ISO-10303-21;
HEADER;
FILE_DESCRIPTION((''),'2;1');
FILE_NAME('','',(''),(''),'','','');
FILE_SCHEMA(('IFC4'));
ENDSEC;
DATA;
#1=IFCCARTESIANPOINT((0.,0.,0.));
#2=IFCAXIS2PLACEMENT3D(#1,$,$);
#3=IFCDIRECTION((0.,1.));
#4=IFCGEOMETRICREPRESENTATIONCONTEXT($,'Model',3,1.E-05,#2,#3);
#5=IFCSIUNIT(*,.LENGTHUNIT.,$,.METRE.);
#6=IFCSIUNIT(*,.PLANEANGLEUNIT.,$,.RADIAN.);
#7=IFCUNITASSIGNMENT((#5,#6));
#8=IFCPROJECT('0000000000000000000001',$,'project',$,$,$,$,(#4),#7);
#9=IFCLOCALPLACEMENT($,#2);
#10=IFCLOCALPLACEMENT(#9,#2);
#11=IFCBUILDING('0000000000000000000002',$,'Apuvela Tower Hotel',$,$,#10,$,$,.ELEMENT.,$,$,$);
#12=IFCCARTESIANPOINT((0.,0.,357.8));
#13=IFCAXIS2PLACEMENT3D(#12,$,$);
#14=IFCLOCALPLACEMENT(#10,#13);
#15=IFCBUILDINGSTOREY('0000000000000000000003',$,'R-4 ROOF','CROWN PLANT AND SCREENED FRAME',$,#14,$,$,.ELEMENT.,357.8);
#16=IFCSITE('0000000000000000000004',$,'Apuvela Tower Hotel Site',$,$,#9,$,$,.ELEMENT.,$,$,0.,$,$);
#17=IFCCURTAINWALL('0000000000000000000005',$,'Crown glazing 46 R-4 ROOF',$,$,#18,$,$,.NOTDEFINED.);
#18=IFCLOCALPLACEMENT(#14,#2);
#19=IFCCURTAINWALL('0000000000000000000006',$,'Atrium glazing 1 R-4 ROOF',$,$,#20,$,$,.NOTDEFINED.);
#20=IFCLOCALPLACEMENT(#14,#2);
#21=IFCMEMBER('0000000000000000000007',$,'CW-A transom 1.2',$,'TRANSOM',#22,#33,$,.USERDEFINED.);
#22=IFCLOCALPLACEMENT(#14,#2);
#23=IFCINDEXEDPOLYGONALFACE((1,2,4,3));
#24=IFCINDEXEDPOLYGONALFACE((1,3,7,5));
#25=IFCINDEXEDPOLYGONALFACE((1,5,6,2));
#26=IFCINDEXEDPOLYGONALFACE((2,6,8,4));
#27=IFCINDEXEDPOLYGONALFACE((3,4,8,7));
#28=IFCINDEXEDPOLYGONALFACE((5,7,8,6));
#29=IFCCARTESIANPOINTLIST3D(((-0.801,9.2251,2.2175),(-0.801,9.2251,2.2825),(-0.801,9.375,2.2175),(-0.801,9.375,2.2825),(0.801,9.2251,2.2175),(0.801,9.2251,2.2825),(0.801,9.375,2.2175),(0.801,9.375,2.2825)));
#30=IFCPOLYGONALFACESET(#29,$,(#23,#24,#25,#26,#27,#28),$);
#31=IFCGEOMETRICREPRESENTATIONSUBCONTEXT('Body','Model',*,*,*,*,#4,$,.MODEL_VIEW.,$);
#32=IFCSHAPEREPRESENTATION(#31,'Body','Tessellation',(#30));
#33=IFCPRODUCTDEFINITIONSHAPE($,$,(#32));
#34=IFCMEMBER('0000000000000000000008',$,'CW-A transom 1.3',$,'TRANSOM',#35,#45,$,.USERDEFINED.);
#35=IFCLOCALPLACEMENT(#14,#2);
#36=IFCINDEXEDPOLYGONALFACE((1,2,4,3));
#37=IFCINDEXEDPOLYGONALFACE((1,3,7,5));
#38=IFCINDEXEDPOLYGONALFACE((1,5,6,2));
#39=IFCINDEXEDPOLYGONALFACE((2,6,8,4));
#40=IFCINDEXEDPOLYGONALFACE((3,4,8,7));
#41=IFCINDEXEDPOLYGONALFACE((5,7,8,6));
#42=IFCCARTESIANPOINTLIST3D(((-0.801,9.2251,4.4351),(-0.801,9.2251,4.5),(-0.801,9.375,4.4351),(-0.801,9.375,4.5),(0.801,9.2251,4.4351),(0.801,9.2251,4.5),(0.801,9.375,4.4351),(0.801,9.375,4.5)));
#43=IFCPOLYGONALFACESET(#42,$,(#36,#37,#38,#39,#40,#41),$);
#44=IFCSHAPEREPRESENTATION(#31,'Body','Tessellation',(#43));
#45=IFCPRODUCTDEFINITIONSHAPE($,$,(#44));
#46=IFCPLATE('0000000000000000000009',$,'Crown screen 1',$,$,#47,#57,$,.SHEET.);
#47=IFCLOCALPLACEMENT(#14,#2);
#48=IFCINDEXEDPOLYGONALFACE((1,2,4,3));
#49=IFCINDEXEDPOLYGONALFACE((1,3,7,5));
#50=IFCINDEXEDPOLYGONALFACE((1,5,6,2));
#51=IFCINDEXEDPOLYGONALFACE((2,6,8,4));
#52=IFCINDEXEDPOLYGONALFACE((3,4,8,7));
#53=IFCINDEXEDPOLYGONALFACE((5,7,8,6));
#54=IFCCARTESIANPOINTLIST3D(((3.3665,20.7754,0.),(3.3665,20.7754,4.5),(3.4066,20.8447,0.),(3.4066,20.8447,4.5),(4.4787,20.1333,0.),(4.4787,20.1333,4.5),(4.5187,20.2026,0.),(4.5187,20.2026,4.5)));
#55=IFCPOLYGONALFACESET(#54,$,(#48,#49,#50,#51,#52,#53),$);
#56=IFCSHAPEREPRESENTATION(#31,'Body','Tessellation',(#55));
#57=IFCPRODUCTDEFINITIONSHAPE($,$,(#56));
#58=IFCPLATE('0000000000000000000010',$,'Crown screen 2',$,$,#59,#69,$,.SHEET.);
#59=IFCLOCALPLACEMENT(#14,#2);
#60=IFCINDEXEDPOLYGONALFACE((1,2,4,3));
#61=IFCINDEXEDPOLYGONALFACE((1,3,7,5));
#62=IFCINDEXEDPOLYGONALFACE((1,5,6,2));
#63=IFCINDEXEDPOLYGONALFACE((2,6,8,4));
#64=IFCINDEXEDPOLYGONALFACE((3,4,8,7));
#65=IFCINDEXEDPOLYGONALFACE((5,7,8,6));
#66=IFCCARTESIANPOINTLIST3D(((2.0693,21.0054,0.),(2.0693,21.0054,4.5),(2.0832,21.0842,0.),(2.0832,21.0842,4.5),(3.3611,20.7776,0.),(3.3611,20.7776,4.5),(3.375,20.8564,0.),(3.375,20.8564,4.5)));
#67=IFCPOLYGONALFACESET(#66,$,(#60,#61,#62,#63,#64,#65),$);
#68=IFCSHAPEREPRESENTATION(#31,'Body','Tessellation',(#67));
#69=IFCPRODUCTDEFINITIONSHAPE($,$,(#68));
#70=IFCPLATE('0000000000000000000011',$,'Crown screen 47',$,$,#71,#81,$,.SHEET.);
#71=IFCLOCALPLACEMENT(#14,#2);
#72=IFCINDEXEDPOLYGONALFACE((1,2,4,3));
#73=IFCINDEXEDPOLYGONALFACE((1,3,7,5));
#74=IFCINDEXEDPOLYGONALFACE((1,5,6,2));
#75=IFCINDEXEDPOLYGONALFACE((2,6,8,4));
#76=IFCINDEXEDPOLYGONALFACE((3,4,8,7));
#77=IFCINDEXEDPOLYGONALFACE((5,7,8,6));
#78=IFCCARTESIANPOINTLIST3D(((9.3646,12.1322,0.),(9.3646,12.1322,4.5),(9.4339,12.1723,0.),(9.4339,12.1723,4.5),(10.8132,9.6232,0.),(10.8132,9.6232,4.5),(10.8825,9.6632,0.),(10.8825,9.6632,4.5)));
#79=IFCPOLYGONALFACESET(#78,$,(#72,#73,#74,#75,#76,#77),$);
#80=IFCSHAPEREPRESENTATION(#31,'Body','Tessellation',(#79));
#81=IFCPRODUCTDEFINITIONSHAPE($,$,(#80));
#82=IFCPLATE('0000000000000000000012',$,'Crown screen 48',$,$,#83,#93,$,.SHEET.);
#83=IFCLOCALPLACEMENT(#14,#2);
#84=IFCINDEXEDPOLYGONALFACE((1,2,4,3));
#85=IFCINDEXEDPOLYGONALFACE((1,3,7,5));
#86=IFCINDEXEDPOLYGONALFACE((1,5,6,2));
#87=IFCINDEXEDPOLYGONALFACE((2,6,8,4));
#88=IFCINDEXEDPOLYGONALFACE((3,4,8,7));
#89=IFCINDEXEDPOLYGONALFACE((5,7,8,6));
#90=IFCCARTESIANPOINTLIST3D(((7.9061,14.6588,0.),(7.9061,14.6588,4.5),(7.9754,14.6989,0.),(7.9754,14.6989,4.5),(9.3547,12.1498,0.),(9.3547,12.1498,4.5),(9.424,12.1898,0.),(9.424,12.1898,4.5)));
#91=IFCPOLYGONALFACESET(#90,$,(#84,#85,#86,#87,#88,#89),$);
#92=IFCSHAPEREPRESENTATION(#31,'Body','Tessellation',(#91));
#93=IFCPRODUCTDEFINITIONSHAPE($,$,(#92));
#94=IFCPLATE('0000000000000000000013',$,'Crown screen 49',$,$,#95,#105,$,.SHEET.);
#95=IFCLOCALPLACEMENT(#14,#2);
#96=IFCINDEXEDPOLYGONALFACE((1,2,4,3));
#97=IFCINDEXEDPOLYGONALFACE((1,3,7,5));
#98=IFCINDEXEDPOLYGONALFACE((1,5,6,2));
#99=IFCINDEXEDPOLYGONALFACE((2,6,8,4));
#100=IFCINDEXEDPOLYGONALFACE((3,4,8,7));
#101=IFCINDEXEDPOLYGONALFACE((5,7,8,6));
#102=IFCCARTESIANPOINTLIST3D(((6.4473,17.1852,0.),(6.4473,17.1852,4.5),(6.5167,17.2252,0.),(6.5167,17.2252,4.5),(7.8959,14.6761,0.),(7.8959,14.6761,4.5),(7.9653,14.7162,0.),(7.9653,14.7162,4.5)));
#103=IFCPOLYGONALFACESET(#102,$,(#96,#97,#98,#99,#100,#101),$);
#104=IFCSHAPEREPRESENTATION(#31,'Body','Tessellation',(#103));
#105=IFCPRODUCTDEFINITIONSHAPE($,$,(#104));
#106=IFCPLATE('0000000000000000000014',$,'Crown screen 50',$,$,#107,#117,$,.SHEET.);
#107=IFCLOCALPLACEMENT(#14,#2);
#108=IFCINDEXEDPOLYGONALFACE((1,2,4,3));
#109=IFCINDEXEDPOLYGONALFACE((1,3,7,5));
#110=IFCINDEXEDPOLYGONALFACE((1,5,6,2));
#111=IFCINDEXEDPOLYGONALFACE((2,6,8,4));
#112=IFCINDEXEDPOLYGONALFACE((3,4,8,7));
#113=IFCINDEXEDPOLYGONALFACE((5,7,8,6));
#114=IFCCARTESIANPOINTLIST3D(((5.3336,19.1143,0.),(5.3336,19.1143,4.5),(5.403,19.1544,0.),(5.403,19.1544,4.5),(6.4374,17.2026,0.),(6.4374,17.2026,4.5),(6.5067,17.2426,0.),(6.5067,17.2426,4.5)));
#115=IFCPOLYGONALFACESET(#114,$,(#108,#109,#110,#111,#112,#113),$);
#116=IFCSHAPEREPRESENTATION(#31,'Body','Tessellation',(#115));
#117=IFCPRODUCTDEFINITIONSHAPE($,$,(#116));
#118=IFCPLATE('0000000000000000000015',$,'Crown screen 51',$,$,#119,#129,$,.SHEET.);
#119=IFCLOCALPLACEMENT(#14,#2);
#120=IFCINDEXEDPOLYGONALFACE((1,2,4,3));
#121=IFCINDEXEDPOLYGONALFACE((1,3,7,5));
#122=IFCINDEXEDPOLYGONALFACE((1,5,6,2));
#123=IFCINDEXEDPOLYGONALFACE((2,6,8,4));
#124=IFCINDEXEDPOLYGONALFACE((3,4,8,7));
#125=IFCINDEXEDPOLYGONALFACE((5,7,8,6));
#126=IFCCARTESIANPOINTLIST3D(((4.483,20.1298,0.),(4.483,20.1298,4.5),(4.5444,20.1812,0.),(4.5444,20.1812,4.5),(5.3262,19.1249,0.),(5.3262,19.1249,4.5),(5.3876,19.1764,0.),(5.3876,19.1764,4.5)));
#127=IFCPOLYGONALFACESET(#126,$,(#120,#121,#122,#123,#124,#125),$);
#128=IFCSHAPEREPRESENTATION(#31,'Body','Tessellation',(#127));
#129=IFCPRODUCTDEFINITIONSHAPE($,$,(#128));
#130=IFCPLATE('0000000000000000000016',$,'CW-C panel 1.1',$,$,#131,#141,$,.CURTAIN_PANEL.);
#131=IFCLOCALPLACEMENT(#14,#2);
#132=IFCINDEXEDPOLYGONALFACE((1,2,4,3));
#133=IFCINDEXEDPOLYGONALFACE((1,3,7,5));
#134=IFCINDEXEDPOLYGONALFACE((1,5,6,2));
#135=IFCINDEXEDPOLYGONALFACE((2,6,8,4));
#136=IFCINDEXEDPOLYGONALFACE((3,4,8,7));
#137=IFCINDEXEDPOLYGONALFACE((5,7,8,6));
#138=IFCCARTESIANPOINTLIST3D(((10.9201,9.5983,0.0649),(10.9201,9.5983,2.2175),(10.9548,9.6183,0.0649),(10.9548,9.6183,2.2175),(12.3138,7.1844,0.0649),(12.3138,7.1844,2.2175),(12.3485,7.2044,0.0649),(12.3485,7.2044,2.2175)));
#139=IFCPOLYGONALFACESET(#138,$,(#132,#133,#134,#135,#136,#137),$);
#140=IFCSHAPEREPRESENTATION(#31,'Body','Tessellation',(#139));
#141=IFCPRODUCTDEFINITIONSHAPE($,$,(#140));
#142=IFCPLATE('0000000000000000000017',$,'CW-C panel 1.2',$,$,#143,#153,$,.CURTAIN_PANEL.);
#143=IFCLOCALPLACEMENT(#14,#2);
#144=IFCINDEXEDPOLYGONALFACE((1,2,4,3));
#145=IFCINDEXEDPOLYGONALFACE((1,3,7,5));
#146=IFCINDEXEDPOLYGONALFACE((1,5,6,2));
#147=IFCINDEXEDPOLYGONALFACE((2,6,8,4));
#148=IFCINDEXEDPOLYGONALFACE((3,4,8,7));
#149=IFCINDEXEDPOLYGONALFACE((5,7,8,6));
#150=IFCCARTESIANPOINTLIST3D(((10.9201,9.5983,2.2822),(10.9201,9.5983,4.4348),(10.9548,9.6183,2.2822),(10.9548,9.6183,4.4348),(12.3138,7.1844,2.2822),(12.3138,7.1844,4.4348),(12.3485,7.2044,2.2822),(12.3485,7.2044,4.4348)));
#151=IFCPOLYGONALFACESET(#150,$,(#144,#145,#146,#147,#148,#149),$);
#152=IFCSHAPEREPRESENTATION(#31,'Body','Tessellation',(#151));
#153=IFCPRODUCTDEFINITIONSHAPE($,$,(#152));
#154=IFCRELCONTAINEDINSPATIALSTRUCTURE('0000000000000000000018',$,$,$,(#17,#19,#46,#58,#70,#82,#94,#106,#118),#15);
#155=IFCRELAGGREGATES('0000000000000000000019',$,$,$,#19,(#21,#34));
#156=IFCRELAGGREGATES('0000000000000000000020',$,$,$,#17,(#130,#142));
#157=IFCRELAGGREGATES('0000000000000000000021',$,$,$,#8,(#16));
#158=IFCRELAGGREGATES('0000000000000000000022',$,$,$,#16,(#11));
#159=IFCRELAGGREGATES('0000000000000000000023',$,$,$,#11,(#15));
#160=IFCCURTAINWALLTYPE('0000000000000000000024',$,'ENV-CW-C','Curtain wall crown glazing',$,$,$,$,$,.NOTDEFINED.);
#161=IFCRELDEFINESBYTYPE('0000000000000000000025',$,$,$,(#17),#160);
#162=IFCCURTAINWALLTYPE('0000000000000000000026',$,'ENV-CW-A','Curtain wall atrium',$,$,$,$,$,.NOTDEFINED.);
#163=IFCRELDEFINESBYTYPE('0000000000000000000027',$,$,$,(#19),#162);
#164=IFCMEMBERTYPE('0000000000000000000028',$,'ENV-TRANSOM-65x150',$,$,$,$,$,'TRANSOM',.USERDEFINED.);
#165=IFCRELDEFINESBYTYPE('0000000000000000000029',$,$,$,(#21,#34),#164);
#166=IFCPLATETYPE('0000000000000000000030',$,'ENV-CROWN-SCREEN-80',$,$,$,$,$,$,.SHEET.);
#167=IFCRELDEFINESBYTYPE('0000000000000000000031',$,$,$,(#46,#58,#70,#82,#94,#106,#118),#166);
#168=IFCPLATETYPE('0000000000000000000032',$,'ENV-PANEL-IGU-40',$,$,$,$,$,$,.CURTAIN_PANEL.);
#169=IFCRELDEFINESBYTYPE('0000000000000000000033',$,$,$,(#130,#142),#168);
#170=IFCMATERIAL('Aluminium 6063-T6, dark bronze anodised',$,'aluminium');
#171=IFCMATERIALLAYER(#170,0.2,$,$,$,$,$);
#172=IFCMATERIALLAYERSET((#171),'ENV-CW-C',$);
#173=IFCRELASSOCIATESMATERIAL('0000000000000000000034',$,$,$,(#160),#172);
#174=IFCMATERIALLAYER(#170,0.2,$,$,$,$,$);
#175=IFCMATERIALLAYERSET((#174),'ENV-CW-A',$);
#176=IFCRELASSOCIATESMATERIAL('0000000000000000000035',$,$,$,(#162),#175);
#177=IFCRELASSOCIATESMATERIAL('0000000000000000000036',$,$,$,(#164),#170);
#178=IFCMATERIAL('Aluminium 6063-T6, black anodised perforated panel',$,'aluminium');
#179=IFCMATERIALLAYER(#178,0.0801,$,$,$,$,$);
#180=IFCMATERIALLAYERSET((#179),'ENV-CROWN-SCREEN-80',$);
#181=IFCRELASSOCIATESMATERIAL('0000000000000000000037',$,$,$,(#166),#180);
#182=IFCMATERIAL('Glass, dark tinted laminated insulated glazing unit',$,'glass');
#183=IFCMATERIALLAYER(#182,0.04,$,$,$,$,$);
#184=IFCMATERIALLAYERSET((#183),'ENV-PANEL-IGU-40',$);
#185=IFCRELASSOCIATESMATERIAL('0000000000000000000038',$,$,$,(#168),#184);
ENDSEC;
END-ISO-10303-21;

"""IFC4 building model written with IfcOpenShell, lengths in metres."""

from ifc_helpers import new_model, si_unit, direction, frame, origin, origin_2d, place, context, subcontext, project, spatial, rectangle, extrude, material, layer, layer_set, material_profile, profile_set, type_object, element, aggregate, save


model = new_model("IFC4")

# Units and contexts
model_context = context("Model", 3, precision=1e-05, world=origin(), true_north=direction((0.0, 1.0)))
body_context = subcontext(model_context, "Body", "Model", "MODEL_VIEW")
ifc_project = project(units=[si_unit("LENGTHUNIT", "METRE"), si_unit("PLANEANGLEUNIT", "RADIAN")], contexts=[model_context])

# Site, building, storey
site_placement = place(None, origin())
site = spatial("IfcSite", under=ifc_project, at=site_placement, Name="Apuvela Tower Hotel Site", CompositionType="ELEMENT", RefElevation=0.0)
building_placement = place(site_placement, origin())
building = spatial("IfcBuilding", under=site, at=building_placement, Name="Apuvela Tower Hotel", CompositionType="ELEMENT")
storey_placement = place(building_placement, frame((0.0, 0.0, 357.8)))
storey = spatial("IfcBuildingStorey", under=building, at=storey_placement, Name="R-4 ROOF", Description="CROWN PLANT AND SCREENED FRAME", CompositionType="ELEMENT", Elevation=357.8)

# Curtain walls
ifc_material_1 = material(Name="Aluminium 6063-T6, dark bronze anodised", Category="aluminium")
ifc_layer_1 = layer(ifc_material_1, 0.2)
ifc_layer_set_1 = layer_set([ifc_layer_1], Name="ENV-CW-C")
curtain_wall_type_1 = type_object("IfcCurtainWallType", Name="ENV-CW-C", Description="Curtain wall crown glazing", PredefinedType="NOTDEFINED", material=ifc_layer_set_1)
curtain_wall_1_placement = place(storey_placement, origin())
curtain_wall_1 = element("IfcCurtainWall", 1, at=curtain_wall_1_placement, inside=storey, type_object=curtain_wall_type_1, Name="Crown glazing 46 R-4 ROOF", PredefinedType="NOTDEFINED")
ifc_layer_2 = layer(ifc_material_1, 0.2)
ifc_layer_set_2 = layer_set([ifc_layer_2], Name="ENV-CW-A")
curtain_wall_type_2 = type_object("IfcCurtainWallType", Name="ENV-CW-A", Description="Curtain wall atrium", PredefinedType="NOTDEFINED", material=ifc_layer_set_2)
curtain_wall_2_placement = place(storey_placement, origin())
curtain_wall_2 = element("IfcCurtainWall", 2, at=curtain_wall_2_placement, inside=storey, type_object=curtain_wall_type_2, Name="Atrium glazing 1 R-4 ROOF", PredefinedType="NOTDEFINED")

# Members
ifc_material_profile_1 = material_profile(ifc_material_1, rectangle(XDim=0.1499, YDim=0.0649, at=origin_2d()), Name="AL 65x150 transom")
ifc_profile_set_1 = profile_set([ifc_material_profile_1], Name="Aluminium 6063-T6, dark bronze anodised")
member_type_1 = type_object("IfcMemberType", Name="ENV-TRANSOM-65x150", ElementType="TRANSOM", PredefinedType="USERDEFINED", material=ifc_profile_set_1)
member_1_placement = place(storey_placement, frame((0.801, 9.3, 2.25), z_axis=(-1.0, 0.0, 0.0), x_axis=(0.0, -1.0, 0.0)))
member_1 = element("IfcMember", 3, at=member_1_placement, type_object=member_type_1, Name="CW-A transom 1.2", ObjectType="TRANSOM", PredefinedType="USERDEFINED", context=body_context, shape_type="SweptSolid", body=[
    extrude(rectangle(XDim=0.1499, YDim=0.0649, at=origin_2d()), origin(), (0.0, 0.0, 1.0), 1.6021),
])
member_2_placement = place(storey_placement, frame((0.801, 9.3, 4.4675), z_axis=(-1.0, 0.0, 0.0), x_axis=(0.0, -1.0, 0.0)))
member_2 = element("IfcMember", 4, at=member_2_placement, type_object=member_type_1, Name="CW-A transom 1.3", ObjectType="TRANSOM", PredefinedType="USERDEFINED", context=body_context, shape_type="SweptSolid", body=[
    extrude(rectangle(XDim=0.1499, YDim=0.0649, at=origin_2d()), origin(), (0.0, 0.0, 1.0), 1.6021),
])
aggregate(curtain_wall_2, [member_1, member_2])

# Plates
ifc_material_2 = material(Name="Aluminium 6063-T6, black anodised perforated panel", Category="aluminium")
ifc_layer_3 = layer(ifc_material_2, 0.0801)
ifc_layer_set_3 = layer_set([ifc_layer_3], Name="ENV-CROWN-SCREEN-80")
plate_type_1 = type_object("IfcPlateType", Name="ENV-CROWN-SCREEN-80", PredefinedType="SHEET", material=ifc_layer_set_3)
plate_1_placement = place(storey_placement, frame((3.9426, 20.489, 0.0), z_axis=(0.0, 0.0, 1.0), x_axis=(-0.866025, 0.5, 0.0)))
element("IfcPlate", 5, at=plate_1_placement, inside=storey, type_object=plate_type_1, Name="Crown screen 1", PredefinedType="SHEET", context=body_context, shape_type="SweptSolid", body=[
    extrude(rectangle(XDim=1.2842, YDim=0.0801, at=origin_2d()), origin(), (0.0, 0.0, 1.0), 4.5),
])
plate_2_placement = place(storey_placement, frame((2.7222, 20.9309, 0.0), z_axis=(0.0, 0.0, 1.0), x_axis=(-0.984808, 0.173648, 0.0)))
element("IfcPlate", 6, at=plate_2_placement, inside=storey, type_object=plate_type_1, Name="Crown screen 2", PredefinedType="SHEET", context=body_context, shape_type="SweptSolid", body=[
    extrude(rectangle(XDim=1.3118, YDim=0.0801, at=origin_2d()), origin(), (0.0, 0.0, 1.0), 4.5),
])
for number, where, z_axis, x_axis, name in (
    (7, (10.1235, 10.8977, 0.0), (0.0, 0.0, 1.0), (-0.5, 0.866025, 0.0), "Crown screen 47"),
    (8, (8.665, 13.4243, 0.0), (0.0, 0.0, 1.0), (-0.5, 0.866025, 0.0), "Crown screen 48"),
    (9, (7.2063, 15.9507, 0.0), (0.0, 0.0, 1.0), (-0.5, 0.866025, 0.0), "Crown screen 49"),
):
    element("IfcPlate", number, at=place(storey_placement, frame(where, z_axis=z_axis, x_axis=x_axis)), inside=storey, type_object=plate_type_1, Name=name, PredefinedType="SHEET", context=body_context, shape_type="SweptSolid", body=[
        extrude(rectangle(XDim=2.8972, YDim=0.0801, at=origin_2d()), origin(), (0.0, 0.0, 1.0), 4.5),
    ])
plate_3_placement = place(storey_placement, frame((5.9202, 18.1785, 0.0), z_axis=(0.0, 0.0, 1.0), x_axis=(-0.5, 0.866025, 0.0)))
element("IfcPlate", 10, at=plate_3_placement, inside=storey, type_object=plate_type_1, Name="Crown screen 50", PredefinedType="SHEET", context=body_context, shape_type="SweptSolid", body=[
    extrude(rectangle(XDim=2.2075, YDim=0.0801, at=origin_2d()), origin(), (0.0, 0.0, 1.0), 4.5),
])
plate_4_placement = place(storey_placement, frame((4.9353, 19.6531, 0.0), z_axis=(0.0, 0.0, 1.0), x_axis=(-0.642788, 0.766044, 0.0)))
element("IfcPlate", 11, at=plate_4_placement, inside=storey, type_object=plate_type_1, Name="Crown screen 51", PredefinedType="SHEET", context=body_context, shape_type="SweptSolid", body=[
    extrude(rectangle(XDim=1.3118, YDim=0.0801, at=origin_2d()), origin(), (0.0, 0.0, 1.0), 4.5),
])

# Plates
ifc_material_3 = material(Name="Glass, dark tinted laminated insulated glazing unit", Category="glass")
ifc_layer_4 = layer(ifc_material_3, 0.04)
ifc_layer_set_4 = layer_set([ifc_layer_4], Name="ENV-PANEL-IGU-40")
plate_type_2 = type_object("IfcPlateType", Name="ENV-PANEL-IGU-40", PredefinedType="CURTAIN_PANEL", material=ifc_layer_set_4)
plate_5_placement = place(storey_placement, frame((11.6343, 8.4014, 0.0649), z_axis=(0.0, 0.0, 1.0), x_axis=(-0.500006, 0.866022, 0.0)))
plate_5 = element("IfcPlate", 12, at=plate_5_placement, type_object=plate_type_2, Name="CW-C panel 1.1", PredefinedType="CURTAIN_PANEL", context=body_context, shape_type="SweptSolid", body=[
    extrude(rectangle(XDim=2.7874, YDim=0.04, at=origin_2d()), origin(), (0.0, 0.0, 1.0), 2.1526),
])
plate_6_placement = place(storey_placement, frame((11.6343, 8.4014, 2.2822), z_axis=(0.0, 0.0, 1.0), x_axis=(-0.500006, 0.866022, 0.0)))
plate_6 = element("IfcPlate", 13, at=plate_6_placement, type_object=plate_type_2, Name="CW-C panel 1.2", PredefinedType="CURTAIN_PANEL", context=body_context, shape_type="SweptSolid", body=[
    extrude(rectangle(XDim=2.7874, YDim=0.04, at=origin_2d()), origin(), (0.0, 0.0, 1.0), 2.1526),
])
aggregate(curtain_wall_1, [plate_5, plate_6])

save(model, "model.ifc")
